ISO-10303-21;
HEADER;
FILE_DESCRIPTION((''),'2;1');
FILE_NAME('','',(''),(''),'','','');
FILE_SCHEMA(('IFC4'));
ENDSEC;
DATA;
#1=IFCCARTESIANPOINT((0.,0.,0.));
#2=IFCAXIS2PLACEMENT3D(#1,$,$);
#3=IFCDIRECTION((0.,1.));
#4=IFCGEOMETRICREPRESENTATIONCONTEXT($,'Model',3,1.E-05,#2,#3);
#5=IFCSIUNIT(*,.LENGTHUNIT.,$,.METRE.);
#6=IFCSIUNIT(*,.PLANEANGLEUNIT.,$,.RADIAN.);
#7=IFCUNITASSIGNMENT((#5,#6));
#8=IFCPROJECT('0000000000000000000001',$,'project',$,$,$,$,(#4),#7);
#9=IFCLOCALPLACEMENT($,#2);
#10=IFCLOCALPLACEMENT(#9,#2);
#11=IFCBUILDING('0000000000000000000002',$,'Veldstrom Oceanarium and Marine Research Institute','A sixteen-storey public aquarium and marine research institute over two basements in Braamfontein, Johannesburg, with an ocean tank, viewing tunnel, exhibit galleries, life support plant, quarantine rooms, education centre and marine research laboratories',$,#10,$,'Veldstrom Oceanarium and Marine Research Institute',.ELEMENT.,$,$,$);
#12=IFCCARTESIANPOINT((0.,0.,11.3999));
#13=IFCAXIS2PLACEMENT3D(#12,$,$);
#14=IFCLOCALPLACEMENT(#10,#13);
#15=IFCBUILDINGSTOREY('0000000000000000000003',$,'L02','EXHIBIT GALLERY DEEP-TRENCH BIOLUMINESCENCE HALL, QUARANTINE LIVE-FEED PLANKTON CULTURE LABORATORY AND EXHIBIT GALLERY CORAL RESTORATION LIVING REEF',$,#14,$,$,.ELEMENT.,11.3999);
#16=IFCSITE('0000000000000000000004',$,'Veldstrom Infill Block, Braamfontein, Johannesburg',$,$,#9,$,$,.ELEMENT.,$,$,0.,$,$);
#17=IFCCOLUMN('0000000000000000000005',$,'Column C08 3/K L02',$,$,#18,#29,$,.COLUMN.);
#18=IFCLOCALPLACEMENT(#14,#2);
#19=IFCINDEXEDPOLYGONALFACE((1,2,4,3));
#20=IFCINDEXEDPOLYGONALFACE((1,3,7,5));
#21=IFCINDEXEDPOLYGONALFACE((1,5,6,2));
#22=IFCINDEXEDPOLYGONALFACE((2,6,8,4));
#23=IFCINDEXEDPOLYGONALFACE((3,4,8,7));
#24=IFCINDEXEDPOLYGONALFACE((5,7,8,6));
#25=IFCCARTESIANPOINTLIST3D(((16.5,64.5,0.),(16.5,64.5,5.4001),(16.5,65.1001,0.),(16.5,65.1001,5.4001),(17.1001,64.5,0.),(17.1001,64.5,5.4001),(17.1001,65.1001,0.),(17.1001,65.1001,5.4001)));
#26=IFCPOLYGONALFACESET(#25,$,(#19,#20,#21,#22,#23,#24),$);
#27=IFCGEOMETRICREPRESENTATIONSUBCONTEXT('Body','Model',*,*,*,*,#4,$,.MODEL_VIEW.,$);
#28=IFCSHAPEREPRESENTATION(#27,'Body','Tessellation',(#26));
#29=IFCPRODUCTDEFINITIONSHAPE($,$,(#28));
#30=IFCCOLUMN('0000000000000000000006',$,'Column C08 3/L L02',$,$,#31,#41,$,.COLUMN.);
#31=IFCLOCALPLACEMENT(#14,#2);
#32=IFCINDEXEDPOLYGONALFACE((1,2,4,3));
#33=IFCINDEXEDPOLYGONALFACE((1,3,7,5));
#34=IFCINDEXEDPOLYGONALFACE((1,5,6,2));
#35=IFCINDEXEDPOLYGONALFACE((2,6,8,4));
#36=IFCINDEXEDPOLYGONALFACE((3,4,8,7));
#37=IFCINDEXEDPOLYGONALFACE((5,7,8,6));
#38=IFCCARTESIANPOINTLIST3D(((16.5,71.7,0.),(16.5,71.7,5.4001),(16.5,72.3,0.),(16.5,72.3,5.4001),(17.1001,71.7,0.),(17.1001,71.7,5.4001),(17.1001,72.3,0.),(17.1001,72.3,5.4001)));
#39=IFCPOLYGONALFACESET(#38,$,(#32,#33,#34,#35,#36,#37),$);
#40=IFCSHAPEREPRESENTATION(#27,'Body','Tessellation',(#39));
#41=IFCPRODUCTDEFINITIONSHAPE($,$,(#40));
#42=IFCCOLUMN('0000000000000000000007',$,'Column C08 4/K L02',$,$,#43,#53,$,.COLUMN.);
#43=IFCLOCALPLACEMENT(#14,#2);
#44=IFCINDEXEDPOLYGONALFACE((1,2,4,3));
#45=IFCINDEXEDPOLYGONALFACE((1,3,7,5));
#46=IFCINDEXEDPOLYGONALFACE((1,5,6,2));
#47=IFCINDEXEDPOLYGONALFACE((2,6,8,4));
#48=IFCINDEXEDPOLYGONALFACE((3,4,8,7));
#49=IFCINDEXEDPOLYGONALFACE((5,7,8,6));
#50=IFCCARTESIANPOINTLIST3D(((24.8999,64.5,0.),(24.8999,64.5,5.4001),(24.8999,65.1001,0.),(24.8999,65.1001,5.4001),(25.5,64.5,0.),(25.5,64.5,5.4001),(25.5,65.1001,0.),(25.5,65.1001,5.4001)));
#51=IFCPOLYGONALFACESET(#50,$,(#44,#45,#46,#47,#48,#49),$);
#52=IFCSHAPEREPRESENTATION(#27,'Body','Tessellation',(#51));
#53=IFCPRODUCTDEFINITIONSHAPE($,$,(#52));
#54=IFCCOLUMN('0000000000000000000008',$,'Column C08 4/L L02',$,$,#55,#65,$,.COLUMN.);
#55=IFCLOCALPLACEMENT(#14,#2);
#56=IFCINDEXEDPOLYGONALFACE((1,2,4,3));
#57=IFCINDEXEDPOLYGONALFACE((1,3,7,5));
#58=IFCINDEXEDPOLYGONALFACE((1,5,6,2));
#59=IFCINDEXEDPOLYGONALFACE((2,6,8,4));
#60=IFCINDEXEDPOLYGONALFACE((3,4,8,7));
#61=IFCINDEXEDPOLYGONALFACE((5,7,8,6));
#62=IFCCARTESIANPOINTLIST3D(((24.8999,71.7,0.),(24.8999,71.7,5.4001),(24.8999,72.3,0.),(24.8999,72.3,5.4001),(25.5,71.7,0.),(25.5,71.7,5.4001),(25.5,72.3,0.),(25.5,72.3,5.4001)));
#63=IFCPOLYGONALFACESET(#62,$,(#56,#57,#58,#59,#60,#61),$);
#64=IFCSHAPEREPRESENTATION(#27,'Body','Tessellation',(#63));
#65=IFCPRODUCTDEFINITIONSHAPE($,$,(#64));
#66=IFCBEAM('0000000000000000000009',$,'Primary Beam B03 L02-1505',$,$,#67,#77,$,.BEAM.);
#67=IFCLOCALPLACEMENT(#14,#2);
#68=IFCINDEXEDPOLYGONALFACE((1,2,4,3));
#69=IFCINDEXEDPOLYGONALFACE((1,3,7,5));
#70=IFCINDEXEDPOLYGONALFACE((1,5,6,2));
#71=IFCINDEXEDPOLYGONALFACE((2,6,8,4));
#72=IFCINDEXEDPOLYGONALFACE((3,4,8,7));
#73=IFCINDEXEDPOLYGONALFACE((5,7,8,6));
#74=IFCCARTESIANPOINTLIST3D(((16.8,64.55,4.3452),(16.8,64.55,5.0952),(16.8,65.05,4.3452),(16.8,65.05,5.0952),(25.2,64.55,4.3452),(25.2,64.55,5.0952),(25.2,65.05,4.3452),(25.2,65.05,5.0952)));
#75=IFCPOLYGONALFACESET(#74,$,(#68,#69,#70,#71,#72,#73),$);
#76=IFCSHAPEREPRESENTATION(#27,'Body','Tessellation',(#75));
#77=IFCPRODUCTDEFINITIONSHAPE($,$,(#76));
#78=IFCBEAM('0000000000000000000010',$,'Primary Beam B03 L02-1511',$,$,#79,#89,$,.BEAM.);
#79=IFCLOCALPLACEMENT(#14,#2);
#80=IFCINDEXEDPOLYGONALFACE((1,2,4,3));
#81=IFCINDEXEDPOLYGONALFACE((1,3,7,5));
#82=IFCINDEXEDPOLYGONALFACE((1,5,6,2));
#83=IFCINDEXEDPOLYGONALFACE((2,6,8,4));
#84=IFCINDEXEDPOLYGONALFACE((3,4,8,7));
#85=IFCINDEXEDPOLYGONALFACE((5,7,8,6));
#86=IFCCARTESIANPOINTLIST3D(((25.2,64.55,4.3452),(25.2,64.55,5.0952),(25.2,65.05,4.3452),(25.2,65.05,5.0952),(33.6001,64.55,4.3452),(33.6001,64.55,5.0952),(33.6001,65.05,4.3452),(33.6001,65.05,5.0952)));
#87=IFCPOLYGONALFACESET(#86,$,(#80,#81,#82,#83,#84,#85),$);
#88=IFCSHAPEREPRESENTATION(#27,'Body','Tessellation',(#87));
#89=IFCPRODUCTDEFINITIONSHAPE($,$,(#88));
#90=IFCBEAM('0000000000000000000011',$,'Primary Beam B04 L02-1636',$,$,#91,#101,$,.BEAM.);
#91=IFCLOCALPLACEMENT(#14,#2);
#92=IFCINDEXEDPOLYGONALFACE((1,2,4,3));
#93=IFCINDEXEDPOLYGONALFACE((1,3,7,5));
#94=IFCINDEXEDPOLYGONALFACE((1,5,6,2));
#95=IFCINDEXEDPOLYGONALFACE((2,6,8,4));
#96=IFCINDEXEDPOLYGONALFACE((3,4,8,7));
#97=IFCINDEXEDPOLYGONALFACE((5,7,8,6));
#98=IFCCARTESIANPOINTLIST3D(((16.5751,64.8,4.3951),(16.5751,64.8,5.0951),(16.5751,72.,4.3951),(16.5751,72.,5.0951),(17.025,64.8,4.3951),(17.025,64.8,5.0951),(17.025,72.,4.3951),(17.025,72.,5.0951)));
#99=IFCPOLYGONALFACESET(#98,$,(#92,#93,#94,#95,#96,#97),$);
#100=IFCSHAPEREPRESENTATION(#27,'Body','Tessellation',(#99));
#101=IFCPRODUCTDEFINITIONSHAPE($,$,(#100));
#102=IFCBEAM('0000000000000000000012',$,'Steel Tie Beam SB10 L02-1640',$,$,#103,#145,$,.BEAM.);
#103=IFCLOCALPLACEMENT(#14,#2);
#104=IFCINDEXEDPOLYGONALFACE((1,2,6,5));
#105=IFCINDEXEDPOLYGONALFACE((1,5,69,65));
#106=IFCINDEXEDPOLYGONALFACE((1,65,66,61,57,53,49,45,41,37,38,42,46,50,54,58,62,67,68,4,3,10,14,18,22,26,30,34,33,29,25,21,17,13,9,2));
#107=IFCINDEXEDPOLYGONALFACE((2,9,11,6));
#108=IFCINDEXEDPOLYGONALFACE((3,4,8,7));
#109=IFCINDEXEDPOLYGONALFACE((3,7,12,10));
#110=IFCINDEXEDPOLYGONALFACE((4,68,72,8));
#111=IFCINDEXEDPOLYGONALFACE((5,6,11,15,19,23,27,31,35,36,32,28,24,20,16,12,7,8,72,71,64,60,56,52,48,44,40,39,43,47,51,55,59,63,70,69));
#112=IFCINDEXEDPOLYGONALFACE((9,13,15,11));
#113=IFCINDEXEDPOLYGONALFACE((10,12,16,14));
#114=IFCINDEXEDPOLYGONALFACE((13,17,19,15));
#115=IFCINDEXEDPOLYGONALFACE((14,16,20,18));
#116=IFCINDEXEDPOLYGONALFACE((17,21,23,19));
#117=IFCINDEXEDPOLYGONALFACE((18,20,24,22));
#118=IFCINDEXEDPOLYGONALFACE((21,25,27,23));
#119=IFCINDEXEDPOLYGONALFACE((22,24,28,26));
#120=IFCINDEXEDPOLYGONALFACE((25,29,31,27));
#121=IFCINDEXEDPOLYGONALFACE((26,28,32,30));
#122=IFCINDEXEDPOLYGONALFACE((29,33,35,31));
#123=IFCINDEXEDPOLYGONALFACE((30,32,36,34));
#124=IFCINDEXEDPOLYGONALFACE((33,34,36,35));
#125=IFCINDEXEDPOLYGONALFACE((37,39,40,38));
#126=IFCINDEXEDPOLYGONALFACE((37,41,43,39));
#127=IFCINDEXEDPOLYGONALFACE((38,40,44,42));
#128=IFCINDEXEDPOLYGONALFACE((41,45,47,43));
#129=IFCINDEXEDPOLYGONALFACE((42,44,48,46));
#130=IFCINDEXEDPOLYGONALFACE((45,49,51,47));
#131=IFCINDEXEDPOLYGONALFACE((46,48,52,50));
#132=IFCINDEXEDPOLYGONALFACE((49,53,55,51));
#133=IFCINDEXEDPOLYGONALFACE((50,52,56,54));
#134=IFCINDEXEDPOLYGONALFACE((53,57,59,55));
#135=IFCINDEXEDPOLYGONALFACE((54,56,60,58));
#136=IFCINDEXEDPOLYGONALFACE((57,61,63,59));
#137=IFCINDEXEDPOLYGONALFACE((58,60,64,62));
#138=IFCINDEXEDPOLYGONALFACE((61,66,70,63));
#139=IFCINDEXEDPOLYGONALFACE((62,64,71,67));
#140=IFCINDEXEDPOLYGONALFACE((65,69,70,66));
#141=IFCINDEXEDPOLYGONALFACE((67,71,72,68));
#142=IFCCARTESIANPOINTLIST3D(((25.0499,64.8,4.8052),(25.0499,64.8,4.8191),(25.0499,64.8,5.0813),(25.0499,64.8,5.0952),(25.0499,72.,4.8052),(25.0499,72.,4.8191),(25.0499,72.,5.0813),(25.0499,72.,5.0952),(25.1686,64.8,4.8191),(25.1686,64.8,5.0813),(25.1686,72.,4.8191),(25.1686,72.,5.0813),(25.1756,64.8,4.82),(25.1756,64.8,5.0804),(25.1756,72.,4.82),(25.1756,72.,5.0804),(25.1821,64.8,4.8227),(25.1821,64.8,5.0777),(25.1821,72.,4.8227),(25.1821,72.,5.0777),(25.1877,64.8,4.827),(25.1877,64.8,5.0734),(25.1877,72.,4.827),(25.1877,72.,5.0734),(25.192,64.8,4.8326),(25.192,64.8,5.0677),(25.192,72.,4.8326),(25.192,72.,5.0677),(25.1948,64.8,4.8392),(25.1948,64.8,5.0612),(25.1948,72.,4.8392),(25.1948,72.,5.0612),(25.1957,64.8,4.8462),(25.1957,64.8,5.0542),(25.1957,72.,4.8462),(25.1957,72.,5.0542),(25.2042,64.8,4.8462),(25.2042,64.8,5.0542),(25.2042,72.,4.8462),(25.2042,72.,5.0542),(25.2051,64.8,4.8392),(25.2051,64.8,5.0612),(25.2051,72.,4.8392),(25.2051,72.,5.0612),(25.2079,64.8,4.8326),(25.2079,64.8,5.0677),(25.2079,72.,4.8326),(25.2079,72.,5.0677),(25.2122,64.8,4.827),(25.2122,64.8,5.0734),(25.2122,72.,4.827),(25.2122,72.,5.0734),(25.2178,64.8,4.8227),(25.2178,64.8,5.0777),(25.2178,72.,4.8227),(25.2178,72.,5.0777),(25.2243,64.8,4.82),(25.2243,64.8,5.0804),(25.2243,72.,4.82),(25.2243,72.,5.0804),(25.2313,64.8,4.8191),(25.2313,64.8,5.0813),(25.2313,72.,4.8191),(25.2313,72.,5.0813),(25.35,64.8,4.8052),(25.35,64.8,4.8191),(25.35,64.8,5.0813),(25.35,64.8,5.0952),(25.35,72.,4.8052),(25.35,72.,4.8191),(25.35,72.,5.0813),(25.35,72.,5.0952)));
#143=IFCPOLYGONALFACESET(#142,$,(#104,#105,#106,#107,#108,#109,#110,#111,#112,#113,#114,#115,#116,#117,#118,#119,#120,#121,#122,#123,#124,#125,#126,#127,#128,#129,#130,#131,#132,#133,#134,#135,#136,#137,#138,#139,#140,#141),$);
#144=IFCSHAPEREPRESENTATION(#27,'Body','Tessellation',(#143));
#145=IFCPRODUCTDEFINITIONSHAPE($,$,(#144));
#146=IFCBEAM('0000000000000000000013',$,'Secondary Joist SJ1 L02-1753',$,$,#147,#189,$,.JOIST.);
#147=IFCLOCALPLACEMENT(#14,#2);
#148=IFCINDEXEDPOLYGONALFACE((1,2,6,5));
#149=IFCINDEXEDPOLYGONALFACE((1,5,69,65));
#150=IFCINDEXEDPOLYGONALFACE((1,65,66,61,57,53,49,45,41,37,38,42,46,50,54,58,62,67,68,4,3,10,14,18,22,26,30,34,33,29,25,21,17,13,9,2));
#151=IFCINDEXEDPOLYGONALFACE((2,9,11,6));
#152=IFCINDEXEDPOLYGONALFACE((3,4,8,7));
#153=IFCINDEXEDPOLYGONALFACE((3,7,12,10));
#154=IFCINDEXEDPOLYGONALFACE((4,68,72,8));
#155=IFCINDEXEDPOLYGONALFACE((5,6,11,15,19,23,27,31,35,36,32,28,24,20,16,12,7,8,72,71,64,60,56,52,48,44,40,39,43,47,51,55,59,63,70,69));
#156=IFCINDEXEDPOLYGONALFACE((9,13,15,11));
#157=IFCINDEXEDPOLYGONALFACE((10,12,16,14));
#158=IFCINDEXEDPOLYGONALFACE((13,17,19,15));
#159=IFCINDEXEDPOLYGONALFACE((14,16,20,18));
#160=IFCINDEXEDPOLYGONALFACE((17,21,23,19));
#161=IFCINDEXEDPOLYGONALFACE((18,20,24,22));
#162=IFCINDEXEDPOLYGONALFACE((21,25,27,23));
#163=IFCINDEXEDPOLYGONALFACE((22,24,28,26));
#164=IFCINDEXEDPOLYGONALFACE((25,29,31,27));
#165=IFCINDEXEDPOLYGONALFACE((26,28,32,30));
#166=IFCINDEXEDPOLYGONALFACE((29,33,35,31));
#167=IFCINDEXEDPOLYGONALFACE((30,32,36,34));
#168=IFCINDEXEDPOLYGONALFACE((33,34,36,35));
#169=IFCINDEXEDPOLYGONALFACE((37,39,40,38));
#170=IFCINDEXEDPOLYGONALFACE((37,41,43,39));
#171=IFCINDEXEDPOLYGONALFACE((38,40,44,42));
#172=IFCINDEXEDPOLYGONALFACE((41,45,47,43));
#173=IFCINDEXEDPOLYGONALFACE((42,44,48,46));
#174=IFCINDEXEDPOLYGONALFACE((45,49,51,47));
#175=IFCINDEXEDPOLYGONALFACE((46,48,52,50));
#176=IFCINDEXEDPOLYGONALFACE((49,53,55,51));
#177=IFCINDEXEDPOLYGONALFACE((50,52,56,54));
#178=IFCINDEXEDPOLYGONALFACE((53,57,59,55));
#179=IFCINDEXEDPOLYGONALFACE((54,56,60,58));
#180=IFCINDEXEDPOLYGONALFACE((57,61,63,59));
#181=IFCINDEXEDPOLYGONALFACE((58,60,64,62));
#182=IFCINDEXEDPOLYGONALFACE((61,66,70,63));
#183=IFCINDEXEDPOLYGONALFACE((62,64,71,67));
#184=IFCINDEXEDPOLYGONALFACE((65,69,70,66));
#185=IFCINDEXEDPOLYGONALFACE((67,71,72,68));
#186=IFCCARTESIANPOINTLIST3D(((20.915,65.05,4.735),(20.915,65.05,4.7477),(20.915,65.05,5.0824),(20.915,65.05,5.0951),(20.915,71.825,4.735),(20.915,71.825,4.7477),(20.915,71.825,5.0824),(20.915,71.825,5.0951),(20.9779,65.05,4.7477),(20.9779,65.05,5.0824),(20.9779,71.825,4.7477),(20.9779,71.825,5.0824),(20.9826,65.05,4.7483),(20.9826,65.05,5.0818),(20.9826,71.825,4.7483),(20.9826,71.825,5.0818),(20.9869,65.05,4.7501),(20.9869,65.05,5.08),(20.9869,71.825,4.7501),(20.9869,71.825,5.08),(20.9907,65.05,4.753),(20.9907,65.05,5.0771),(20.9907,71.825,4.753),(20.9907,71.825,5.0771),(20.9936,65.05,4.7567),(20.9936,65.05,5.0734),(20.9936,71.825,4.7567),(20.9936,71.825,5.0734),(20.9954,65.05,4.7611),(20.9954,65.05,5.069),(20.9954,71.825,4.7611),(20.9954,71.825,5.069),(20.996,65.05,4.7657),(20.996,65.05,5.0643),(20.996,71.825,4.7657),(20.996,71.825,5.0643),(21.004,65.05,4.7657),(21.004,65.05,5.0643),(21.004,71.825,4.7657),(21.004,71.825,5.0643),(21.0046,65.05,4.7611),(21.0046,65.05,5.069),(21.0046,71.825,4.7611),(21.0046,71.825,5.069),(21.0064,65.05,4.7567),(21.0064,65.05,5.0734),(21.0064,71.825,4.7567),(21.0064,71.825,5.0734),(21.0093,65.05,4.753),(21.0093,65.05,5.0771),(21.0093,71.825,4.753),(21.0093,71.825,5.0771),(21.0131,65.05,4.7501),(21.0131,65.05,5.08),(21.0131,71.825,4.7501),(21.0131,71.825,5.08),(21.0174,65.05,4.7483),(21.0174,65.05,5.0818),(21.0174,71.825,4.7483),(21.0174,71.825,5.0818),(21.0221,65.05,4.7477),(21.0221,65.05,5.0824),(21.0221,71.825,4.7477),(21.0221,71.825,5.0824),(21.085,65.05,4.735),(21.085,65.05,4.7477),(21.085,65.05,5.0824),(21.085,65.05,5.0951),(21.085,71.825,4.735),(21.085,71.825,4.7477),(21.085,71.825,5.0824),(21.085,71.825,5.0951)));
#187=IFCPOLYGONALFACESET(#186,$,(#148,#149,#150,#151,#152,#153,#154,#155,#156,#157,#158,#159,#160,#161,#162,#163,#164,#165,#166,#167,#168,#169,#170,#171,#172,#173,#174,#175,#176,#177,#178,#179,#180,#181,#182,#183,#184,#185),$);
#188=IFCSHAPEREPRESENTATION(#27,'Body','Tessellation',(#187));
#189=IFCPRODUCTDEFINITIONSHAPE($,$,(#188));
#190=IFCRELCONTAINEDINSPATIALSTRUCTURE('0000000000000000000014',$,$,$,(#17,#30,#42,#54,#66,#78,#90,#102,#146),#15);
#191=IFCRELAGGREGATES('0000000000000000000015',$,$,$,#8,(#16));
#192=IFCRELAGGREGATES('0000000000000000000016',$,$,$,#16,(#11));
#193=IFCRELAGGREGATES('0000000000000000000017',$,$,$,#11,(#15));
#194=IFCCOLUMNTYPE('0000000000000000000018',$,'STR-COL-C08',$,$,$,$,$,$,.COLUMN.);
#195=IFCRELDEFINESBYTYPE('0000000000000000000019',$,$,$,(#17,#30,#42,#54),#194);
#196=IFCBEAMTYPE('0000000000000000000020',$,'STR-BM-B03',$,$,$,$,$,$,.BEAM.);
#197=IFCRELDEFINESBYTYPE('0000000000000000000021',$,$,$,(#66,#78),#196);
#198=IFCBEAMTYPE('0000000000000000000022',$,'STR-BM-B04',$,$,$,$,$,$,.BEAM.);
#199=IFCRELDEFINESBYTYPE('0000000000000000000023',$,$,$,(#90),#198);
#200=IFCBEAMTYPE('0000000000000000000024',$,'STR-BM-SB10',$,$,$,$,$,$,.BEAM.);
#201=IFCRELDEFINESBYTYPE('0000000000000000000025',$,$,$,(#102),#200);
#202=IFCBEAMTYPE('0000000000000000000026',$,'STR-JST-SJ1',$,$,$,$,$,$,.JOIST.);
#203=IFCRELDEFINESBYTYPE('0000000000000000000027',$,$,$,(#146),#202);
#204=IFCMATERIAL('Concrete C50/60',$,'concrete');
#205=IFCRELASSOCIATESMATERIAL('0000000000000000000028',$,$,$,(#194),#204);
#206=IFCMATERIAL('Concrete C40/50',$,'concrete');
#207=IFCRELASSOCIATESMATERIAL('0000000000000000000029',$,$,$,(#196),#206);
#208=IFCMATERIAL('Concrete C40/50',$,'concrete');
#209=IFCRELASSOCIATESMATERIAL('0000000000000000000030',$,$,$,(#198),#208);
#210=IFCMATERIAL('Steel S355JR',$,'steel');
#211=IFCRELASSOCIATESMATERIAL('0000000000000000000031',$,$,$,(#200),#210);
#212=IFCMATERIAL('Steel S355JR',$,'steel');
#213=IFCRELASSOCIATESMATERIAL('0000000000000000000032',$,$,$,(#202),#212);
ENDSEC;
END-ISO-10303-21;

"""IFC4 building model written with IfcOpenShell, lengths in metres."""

from ifc_helpers import new_model, si_unit, direction, frame, origin, origin_2d, place, context, subcontext, project, spatial, rectangle, i_section, extrude, material, material_profile, profile_set, type_object, element, save


model = new_model("IFC4")

# Units and contexts
model_context = context("Model", 3, precision=1e-05, world=origin(), true_north=direction((0.0, 1.0)))
body_context = subcontext(model_context, "Body", "Model", "MODEL_VIEW")
ifc_project = project(units=[si_unit("LENGTHUNIT", "METRE"), si_unit("PLANEANGLEUNIT", "RADIAN")], contexts=[model_context])

# Site, building, storey
site_placement = place(None, origin())
site = spatial("IfcSite", under=ifc_project, at=site_placement, Name="Veldstrom Infill Block, Braamfontein, Johannesburg", CompositionType="ELEMENT", RefElevation=0.0)
building_placement = place(site_placement, origin())
building = spatial("IfcBuilding", under=site, at=building_placement, Name="Veldstrom Oceanarium and Marine Research Institute", Description="A sixteen-storey public aquarium and marine research institute over two basements in Braamfontein, Johannesburg, with an ocean tank, viewing tunnel, exhibit galleries, life support plant, quarantine rooms, education centre and marine research laboratories", LongName="Veldstrom Oceanarium and Marine Research Institute", CompositionType="ELEMENT")
storey_placement = place(building_placement, frame((0.0, 0.0, 11.3999)))
storey = spatial("IfcBuildingStorey", under=building, at=storey_placement, Name="L02", Description="EXHIBIT GALLERY DEEP-TRENCH BIOLUMINESCENCE HALL, QUARANTINE LIVE-FEED PLANKTON CULTURE LABORATORY AND EXHIBIT GALLERY CORAL RESTORATION LIVING REEF", CompositionType="ELEMENT", Elevation=11.3999)

# Columns
ifc_material_1 = material(Name="Concrete C50/60", Category="concrete")
ifc_material_profile_1 = material_profile(ifc_material_1, rectangle(XDim=0.6001, YDim=0.6001, at=origin_2d()), Name="RC-COL-600x600")
ifc_profile_set_1 = profile_set([ifc_material_profile_1], Name="Concrete C50/60")
column_type = type_object("IfcColumnType", Name="STR-COL-C08", PredefinedType="COLUMN", material=ifc_profile_set_1)
for number, where, z_axis, x_axis, name in (
    (1, (16.8, 64.8, 0.0), (0.0, 0.0, 1.0), (1.0, 0.0, 0.0), "Column C08 3/K L02"),
    (2, (16.8, 72.0, 0.0), (0.0, 0.0, 1.0), (1.0, 0.0, 0.0), "Column C08 3/L L02"),
    (3, (25.2, 64.8, 0.0), (0.0, 0.0, 1.0), (1.0, 0.0, 0.0), "Column C08 4/K L02"),
    (4, (25.2, 72.0, 0.0), (0.0, 0.0, 1.0), (1.0, 0.0, 0.0), "Column C08 4/L L02"),
):
    element("IfcColumn", number, at=place(storey_placement, frame(where, z_axis=z_axis, x_axis=x_axis)), inside=storey, type_object=column_type, Name=name, PredefinedType="COLUMN", context=body_context, shape_type="SweptSolid", body=[
        extrude(rectangle(XDim=0.6001, YDim=0.6001, at=origin_2d()), origin(), (0.0, 0.0, 1.0), 5.4001),
    ])

# Beams
ifc_material_2 = material(Name="Concrete C40/50", Category="concrete")
ifc_material_profile_2 = material_profile(ifc_material_2, rectangle(XDim=0.5, YDim=0.75, at=origin_2d()), Name="RC-BM-500x750")
ifc_profile_set_2 = profile_set([ifc_material_profile_2], Name="Concrete C40/50")
beam_type_1 = type_object("IfcBeamType", Name="STR-BM-B03", PredefinedType="BEAM", material=ifc_profile_set_2)
beam_1_placement = place(storey_placement, frame((16.8, 64.8, 4.7202), z_axis=(1.0, 0.0, 0.0), x_axis=(0.0, 1.0, 0.0)))
element("IfcBeam", 5, at=beam_1_placement, inside=storey, type_object=beam_type_1, Name="Primary Beam B03 L02-1505", PredefinedType="BEAM", context=body_context, shape_type="SweptSolid", body=[
    extrude(rectangle(XDim=0.5, YDim=0.75, at=origin_2d()), origin(), (0.0, 0.0, 1.0), 8.3999),
])
beam_2_placement = place(storey_placement, frame((25.2, 64.8, 4.7202), z_axis=(1.0, 0.0, 0.0), x_axis=(0.0, 1.0, 0.0)))
element("IfcBeam", 6, at=beam_2_placement, inside=storey, type_object=beam_type_1, Name="Primary Beam B03 L02-1511", PredefinedType="BEAM", context=body_context, shape_type="SweptSolid", body=[
    extrude(rectangle(XDim=0.5, YDim=0.75, at=origin_2d()), origin(), (0.0, 0.0, 1.0), 8.4001),
])
ifc_material_3 = material(Name="Concrete C40/50", Category="concrete")
ifc_material_profile_3 = material_profile(ifc_material_3, rectangle(XDim=0.45, YDim=0.7, at=origin_2d()), Name="RC-BM-450x700")
ifc_profile_set_3 = profile_set([ifc_material_profile_3], Name="Concrete C40/50")
beam_type_2 = type_object("IfcBeamType", Name="STR-BM-B04", PredefinedType="BEAM", material=ifc_profile_set_3)
beam_3_placement = place(storey_placement, frame((16.8, 64.8, 4.7451), z_axis=(0.0, 1.0, 0.0), x_axis=(-1.0, 0.0, 0.0)))
element("IfcBeam", 7, at=beam_3_placement, inside=storey, type_object=beam_type_2, Name="Primary Beam B04 L02-1636", PredefinedType="BEAM", context=body_context, shape_type="SweptSolid", body=[
    extrude(rectangle(XDim=0.45, YDim=0.7, at=origin_2d()), origin(), (0.0, 0.0, 1.0), 7.2),
])
ifc_material_4 = material(Name="Steel S355JR", Category="steel")
ifc_material_profile_4 = material_profile(ifc_material_4, i_section(OverallWidth=0.3, OverallDepth=0.29, WebThickness=0.0085, FlangeThickness=0.0139, FilletRadius=0.0271, at=origin_2d()), Name="HEA 300")
ifc_profile_set_4 = profile_set([ifc_material_profile_4], Name="Steel S355JR")
beam_type_3 = type_object("IfcBeamType", Name="STR-BM-SB10", PredefinedType="BEAM", material=ifc_profile_set_4)
beam_4_placement = place(storey_placement, frame((25.2, 64.8, 4.9502), z_axis=(0.0, 1.0, 0.0), x_axis=(-1.0, 0.0, 0.0)))
element("IfcBeam", 8, at=beam_4_placement, inside=storey, type_object=beam_type_3, Name="Steel Tie Beam SB10 L02-1640", PredefinedType="BEAM", context=body_context, shape_type="SweptSolid", body=[
    extrude(i_section(OverallWidth=0.3, OverallDepth=0.29, WebThickness=0.0085, FlangeThickness=0.0139, FilletRadius=0.0271, at=origin_2d()), origin(), (0.0, 0.0, 1.0), 7.2),
])
ifc_material_5 = material(Name="Steel S355JR", Category="steel")
ifc_material_profile_5 = material_profile(ifc_material_5, i_section(OverallWidth=0.1699, OverallDepth=0.3601, WebThickness=0.0081, FlangeThickness=0.0127, FilletRadius=0.0181, at=origin_2d()), Name="IPE 360")
ifc_profile_set_5 = profile_set([ifc_material_profile_5], Name="Steel S355JR")
beam_type_4 = type_object("IfcBeamType", Name="STR-JST-SJ1", PredefinedType="JOIST", material=ifc_profile_set_5)
beam_5_placement = place(storey_placement, frame((21.0, 65.05, 4.915), z_axis=(0.0, 1.0, 0.0), x_axis=(-1.0, 0.0, 0.0)))
element("IfcBeam", 9, at=beam_5_placement, inside=storey, type_object=beam_type_4, Name="Secondary Joist SJ1 L02-1753", PredefinedType="JOIST", context=body_context, shape_type="SweptSolid", body=[
    extrude(i_section(OverallWidth=0.1699, OverallDepth=0.3601, WebThickness=0.0081, FlangeThickness=0.0127, FilletRadius=0.0181, at=origin_2d()), origin(), (0.0, 0.0, 1.0), 6.7749),
])

save(model, "model.ifc")
